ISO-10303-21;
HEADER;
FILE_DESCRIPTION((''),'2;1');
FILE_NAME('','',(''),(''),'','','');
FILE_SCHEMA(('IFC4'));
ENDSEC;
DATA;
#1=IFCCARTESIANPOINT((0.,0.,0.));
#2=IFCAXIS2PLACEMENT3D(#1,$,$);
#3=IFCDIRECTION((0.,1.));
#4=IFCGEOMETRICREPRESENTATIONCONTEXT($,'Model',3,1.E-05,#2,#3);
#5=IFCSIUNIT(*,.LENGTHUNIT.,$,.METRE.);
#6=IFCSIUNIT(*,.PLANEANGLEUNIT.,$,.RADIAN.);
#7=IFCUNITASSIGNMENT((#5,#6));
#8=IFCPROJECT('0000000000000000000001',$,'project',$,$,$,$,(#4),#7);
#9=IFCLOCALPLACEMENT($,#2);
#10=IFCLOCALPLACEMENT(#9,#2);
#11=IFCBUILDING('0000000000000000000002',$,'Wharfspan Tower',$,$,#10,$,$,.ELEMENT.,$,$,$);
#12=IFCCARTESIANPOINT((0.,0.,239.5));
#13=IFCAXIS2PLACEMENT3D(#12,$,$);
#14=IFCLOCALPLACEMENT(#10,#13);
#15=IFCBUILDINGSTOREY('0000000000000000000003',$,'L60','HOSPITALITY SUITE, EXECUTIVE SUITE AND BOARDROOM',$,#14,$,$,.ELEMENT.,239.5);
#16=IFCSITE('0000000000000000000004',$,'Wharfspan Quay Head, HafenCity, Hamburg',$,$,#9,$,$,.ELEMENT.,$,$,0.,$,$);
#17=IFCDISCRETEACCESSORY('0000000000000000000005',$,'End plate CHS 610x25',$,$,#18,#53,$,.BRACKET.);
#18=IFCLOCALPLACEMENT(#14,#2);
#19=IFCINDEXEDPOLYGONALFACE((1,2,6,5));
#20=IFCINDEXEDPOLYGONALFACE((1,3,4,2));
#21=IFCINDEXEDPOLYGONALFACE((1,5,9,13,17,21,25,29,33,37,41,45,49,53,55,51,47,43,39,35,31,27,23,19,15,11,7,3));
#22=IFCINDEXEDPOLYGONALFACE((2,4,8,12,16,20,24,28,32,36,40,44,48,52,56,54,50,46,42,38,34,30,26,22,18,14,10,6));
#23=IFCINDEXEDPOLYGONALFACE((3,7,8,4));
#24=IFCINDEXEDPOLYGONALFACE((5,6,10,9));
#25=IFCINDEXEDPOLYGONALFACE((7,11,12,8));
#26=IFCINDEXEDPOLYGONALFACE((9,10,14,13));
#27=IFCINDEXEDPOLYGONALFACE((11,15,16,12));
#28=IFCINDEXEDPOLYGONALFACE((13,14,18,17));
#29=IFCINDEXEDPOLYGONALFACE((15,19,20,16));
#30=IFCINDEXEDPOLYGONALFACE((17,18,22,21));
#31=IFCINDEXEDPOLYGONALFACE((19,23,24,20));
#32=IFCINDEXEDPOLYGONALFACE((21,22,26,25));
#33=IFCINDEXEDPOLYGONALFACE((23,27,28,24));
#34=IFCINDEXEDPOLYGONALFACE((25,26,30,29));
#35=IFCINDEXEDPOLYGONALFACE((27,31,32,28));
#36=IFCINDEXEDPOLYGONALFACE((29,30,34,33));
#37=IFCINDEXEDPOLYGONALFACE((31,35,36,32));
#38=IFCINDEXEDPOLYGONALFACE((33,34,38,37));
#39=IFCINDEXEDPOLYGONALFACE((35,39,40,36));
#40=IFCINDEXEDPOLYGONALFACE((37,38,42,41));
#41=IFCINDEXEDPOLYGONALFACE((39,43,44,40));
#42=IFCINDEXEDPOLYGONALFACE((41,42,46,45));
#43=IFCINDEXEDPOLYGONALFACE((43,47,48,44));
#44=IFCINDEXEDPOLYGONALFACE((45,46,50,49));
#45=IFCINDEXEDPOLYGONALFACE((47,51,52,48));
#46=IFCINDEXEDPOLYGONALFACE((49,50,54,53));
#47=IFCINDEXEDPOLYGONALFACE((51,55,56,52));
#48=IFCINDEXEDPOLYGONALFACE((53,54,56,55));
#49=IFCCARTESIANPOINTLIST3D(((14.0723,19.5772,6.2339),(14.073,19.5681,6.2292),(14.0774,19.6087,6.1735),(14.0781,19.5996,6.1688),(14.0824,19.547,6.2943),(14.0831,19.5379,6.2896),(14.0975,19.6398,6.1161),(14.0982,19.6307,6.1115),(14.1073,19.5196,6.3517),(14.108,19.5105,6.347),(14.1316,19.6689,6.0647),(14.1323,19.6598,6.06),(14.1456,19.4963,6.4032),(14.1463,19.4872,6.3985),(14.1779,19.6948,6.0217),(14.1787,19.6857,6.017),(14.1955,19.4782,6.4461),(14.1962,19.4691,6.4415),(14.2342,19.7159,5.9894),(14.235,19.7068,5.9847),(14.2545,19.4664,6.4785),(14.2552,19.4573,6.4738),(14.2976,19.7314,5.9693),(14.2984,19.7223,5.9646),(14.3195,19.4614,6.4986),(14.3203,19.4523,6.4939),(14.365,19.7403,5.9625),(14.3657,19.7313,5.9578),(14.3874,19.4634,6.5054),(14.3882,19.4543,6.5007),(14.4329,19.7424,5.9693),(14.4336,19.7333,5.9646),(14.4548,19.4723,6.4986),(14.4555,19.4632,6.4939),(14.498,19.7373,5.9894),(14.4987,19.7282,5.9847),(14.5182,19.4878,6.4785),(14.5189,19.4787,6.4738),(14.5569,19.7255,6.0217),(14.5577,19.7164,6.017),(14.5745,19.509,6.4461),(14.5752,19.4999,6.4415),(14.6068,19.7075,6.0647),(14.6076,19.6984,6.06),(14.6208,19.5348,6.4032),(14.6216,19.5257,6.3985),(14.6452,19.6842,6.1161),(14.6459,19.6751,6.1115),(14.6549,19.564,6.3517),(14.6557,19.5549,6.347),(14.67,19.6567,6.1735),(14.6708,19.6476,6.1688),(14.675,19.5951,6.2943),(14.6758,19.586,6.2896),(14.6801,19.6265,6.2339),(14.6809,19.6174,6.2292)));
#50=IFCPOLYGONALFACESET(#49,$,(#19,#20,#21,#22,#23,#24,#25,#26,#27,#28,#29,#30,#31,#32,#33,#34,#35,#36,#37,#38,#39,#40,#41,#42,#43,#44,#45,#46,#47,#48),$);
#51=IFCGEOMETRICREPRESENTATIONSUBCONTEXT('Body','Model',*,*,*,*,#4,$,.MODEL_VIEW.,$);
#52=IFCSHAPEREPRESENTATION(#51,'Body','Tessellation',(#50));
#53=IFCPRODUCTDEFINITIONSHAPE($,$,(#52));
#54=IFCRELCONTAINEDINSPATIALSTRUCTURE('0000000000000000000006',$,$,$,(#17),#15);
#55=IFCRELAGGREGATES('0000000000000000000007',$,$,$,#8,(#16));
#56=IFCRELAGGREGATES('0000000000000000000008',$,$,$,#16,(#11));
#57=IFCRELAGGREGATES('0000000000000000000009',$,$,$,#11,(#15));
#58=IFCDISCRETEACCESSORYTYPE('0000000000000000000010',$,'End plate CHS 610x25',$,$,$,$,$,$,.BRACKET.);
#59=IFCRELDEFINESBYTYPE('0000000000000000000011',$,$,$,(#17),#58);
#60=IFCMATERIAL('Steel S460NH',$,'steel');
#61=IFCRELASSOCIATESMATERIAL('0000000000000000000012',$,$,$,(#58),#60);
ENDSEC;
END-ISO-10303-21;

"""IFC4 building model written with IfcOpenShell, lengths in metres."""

from ifc_helpers import new_model, si_unit, direction, frame, origin, origin_2d, place, context, subcontext, project, spatial, circle, extrude, material, material_profile, profile_set, type_object, element, save


model = new_model("IFC4")

# Units and contexts
model_context = context("Model", 3, precision=1e-05, world=origin(), true_north=direction((0.0, 1.0)))
body_context = subcontext(model_context, "Body", "Model", "MODEL_VIEW")
ifc_project = project(units=[si_unit("LENGTHUNIT", "METRE"), si_unit("PLANEANGLEUNIT", "RADIAN")], contexts=[model_context])

# Site, building, storey
site_placement = place(None, origin())
site = spatial("IfcSite", under=ifc_project, at=site_placement, Name="Wharfspan Quay Head, HafenCity, Hamburg", CompositionType="ELEMENT", RefElevation=0.0)
building_placement = place(site_placement, origin())
building = spatial("IfcBuilding", under=site, at=building_placement, Name="Wharfspan Tower", CompositionType="ELEMENT")
storey_placement = place(building_placement, frame((0.0, 0.0, 239.5)))
storey = spatial("IfcBuildingStorey", under=building, at=storey_placement, Name="L60", Description="HOSPITALITY SUITE, EXECUTIVE SUITE AND BOARDROOM", CompositionType="ELEMENT", Elevation=239.5)

# Shared definitions
ifc_material_1 = material(Name="Steel S460NH", Category="steel")

# Discrete accessory
ifc_material_profile_1 = material_profile(ifc_material_1, circle(Radius=0.3049, at=origin_2d()))
ifc_profile_set_1 = profile_set([ifc_material_profile_1], Name="Steel S460NH")
discrete_accessory_type = type_object("IfcDiscreteAccessoryType", Name="End plate CHS 610x25", PredefinedType="BRACKET", material=ifc_profile_set_1)
for number, where, z_axis, x_axis, name in (
    (1, (14.377, 19.5928, 6.2292), (-0.07194, 0.887262, 0.455621), (-0.996733, -0.080816, 0.0), "End plate CHS 610x25"),
):
    element("IfcDiscreteAccessory", number, at=place(storey_placement, frame(where, z_axis=z_axis, x_axis=x_axis)), inside=storey, type_object=discrete_accessory_type, Name=name, PredefinedType="BRACKET", context=body_context, shape_type="SweptSolid", body=[
        extrude(circle(Radius=0.3049, at=origin_2d()), origin(), (0.0, 0.0, 1.0), 0.0103),
    ])

save(model, "model.ifc")
